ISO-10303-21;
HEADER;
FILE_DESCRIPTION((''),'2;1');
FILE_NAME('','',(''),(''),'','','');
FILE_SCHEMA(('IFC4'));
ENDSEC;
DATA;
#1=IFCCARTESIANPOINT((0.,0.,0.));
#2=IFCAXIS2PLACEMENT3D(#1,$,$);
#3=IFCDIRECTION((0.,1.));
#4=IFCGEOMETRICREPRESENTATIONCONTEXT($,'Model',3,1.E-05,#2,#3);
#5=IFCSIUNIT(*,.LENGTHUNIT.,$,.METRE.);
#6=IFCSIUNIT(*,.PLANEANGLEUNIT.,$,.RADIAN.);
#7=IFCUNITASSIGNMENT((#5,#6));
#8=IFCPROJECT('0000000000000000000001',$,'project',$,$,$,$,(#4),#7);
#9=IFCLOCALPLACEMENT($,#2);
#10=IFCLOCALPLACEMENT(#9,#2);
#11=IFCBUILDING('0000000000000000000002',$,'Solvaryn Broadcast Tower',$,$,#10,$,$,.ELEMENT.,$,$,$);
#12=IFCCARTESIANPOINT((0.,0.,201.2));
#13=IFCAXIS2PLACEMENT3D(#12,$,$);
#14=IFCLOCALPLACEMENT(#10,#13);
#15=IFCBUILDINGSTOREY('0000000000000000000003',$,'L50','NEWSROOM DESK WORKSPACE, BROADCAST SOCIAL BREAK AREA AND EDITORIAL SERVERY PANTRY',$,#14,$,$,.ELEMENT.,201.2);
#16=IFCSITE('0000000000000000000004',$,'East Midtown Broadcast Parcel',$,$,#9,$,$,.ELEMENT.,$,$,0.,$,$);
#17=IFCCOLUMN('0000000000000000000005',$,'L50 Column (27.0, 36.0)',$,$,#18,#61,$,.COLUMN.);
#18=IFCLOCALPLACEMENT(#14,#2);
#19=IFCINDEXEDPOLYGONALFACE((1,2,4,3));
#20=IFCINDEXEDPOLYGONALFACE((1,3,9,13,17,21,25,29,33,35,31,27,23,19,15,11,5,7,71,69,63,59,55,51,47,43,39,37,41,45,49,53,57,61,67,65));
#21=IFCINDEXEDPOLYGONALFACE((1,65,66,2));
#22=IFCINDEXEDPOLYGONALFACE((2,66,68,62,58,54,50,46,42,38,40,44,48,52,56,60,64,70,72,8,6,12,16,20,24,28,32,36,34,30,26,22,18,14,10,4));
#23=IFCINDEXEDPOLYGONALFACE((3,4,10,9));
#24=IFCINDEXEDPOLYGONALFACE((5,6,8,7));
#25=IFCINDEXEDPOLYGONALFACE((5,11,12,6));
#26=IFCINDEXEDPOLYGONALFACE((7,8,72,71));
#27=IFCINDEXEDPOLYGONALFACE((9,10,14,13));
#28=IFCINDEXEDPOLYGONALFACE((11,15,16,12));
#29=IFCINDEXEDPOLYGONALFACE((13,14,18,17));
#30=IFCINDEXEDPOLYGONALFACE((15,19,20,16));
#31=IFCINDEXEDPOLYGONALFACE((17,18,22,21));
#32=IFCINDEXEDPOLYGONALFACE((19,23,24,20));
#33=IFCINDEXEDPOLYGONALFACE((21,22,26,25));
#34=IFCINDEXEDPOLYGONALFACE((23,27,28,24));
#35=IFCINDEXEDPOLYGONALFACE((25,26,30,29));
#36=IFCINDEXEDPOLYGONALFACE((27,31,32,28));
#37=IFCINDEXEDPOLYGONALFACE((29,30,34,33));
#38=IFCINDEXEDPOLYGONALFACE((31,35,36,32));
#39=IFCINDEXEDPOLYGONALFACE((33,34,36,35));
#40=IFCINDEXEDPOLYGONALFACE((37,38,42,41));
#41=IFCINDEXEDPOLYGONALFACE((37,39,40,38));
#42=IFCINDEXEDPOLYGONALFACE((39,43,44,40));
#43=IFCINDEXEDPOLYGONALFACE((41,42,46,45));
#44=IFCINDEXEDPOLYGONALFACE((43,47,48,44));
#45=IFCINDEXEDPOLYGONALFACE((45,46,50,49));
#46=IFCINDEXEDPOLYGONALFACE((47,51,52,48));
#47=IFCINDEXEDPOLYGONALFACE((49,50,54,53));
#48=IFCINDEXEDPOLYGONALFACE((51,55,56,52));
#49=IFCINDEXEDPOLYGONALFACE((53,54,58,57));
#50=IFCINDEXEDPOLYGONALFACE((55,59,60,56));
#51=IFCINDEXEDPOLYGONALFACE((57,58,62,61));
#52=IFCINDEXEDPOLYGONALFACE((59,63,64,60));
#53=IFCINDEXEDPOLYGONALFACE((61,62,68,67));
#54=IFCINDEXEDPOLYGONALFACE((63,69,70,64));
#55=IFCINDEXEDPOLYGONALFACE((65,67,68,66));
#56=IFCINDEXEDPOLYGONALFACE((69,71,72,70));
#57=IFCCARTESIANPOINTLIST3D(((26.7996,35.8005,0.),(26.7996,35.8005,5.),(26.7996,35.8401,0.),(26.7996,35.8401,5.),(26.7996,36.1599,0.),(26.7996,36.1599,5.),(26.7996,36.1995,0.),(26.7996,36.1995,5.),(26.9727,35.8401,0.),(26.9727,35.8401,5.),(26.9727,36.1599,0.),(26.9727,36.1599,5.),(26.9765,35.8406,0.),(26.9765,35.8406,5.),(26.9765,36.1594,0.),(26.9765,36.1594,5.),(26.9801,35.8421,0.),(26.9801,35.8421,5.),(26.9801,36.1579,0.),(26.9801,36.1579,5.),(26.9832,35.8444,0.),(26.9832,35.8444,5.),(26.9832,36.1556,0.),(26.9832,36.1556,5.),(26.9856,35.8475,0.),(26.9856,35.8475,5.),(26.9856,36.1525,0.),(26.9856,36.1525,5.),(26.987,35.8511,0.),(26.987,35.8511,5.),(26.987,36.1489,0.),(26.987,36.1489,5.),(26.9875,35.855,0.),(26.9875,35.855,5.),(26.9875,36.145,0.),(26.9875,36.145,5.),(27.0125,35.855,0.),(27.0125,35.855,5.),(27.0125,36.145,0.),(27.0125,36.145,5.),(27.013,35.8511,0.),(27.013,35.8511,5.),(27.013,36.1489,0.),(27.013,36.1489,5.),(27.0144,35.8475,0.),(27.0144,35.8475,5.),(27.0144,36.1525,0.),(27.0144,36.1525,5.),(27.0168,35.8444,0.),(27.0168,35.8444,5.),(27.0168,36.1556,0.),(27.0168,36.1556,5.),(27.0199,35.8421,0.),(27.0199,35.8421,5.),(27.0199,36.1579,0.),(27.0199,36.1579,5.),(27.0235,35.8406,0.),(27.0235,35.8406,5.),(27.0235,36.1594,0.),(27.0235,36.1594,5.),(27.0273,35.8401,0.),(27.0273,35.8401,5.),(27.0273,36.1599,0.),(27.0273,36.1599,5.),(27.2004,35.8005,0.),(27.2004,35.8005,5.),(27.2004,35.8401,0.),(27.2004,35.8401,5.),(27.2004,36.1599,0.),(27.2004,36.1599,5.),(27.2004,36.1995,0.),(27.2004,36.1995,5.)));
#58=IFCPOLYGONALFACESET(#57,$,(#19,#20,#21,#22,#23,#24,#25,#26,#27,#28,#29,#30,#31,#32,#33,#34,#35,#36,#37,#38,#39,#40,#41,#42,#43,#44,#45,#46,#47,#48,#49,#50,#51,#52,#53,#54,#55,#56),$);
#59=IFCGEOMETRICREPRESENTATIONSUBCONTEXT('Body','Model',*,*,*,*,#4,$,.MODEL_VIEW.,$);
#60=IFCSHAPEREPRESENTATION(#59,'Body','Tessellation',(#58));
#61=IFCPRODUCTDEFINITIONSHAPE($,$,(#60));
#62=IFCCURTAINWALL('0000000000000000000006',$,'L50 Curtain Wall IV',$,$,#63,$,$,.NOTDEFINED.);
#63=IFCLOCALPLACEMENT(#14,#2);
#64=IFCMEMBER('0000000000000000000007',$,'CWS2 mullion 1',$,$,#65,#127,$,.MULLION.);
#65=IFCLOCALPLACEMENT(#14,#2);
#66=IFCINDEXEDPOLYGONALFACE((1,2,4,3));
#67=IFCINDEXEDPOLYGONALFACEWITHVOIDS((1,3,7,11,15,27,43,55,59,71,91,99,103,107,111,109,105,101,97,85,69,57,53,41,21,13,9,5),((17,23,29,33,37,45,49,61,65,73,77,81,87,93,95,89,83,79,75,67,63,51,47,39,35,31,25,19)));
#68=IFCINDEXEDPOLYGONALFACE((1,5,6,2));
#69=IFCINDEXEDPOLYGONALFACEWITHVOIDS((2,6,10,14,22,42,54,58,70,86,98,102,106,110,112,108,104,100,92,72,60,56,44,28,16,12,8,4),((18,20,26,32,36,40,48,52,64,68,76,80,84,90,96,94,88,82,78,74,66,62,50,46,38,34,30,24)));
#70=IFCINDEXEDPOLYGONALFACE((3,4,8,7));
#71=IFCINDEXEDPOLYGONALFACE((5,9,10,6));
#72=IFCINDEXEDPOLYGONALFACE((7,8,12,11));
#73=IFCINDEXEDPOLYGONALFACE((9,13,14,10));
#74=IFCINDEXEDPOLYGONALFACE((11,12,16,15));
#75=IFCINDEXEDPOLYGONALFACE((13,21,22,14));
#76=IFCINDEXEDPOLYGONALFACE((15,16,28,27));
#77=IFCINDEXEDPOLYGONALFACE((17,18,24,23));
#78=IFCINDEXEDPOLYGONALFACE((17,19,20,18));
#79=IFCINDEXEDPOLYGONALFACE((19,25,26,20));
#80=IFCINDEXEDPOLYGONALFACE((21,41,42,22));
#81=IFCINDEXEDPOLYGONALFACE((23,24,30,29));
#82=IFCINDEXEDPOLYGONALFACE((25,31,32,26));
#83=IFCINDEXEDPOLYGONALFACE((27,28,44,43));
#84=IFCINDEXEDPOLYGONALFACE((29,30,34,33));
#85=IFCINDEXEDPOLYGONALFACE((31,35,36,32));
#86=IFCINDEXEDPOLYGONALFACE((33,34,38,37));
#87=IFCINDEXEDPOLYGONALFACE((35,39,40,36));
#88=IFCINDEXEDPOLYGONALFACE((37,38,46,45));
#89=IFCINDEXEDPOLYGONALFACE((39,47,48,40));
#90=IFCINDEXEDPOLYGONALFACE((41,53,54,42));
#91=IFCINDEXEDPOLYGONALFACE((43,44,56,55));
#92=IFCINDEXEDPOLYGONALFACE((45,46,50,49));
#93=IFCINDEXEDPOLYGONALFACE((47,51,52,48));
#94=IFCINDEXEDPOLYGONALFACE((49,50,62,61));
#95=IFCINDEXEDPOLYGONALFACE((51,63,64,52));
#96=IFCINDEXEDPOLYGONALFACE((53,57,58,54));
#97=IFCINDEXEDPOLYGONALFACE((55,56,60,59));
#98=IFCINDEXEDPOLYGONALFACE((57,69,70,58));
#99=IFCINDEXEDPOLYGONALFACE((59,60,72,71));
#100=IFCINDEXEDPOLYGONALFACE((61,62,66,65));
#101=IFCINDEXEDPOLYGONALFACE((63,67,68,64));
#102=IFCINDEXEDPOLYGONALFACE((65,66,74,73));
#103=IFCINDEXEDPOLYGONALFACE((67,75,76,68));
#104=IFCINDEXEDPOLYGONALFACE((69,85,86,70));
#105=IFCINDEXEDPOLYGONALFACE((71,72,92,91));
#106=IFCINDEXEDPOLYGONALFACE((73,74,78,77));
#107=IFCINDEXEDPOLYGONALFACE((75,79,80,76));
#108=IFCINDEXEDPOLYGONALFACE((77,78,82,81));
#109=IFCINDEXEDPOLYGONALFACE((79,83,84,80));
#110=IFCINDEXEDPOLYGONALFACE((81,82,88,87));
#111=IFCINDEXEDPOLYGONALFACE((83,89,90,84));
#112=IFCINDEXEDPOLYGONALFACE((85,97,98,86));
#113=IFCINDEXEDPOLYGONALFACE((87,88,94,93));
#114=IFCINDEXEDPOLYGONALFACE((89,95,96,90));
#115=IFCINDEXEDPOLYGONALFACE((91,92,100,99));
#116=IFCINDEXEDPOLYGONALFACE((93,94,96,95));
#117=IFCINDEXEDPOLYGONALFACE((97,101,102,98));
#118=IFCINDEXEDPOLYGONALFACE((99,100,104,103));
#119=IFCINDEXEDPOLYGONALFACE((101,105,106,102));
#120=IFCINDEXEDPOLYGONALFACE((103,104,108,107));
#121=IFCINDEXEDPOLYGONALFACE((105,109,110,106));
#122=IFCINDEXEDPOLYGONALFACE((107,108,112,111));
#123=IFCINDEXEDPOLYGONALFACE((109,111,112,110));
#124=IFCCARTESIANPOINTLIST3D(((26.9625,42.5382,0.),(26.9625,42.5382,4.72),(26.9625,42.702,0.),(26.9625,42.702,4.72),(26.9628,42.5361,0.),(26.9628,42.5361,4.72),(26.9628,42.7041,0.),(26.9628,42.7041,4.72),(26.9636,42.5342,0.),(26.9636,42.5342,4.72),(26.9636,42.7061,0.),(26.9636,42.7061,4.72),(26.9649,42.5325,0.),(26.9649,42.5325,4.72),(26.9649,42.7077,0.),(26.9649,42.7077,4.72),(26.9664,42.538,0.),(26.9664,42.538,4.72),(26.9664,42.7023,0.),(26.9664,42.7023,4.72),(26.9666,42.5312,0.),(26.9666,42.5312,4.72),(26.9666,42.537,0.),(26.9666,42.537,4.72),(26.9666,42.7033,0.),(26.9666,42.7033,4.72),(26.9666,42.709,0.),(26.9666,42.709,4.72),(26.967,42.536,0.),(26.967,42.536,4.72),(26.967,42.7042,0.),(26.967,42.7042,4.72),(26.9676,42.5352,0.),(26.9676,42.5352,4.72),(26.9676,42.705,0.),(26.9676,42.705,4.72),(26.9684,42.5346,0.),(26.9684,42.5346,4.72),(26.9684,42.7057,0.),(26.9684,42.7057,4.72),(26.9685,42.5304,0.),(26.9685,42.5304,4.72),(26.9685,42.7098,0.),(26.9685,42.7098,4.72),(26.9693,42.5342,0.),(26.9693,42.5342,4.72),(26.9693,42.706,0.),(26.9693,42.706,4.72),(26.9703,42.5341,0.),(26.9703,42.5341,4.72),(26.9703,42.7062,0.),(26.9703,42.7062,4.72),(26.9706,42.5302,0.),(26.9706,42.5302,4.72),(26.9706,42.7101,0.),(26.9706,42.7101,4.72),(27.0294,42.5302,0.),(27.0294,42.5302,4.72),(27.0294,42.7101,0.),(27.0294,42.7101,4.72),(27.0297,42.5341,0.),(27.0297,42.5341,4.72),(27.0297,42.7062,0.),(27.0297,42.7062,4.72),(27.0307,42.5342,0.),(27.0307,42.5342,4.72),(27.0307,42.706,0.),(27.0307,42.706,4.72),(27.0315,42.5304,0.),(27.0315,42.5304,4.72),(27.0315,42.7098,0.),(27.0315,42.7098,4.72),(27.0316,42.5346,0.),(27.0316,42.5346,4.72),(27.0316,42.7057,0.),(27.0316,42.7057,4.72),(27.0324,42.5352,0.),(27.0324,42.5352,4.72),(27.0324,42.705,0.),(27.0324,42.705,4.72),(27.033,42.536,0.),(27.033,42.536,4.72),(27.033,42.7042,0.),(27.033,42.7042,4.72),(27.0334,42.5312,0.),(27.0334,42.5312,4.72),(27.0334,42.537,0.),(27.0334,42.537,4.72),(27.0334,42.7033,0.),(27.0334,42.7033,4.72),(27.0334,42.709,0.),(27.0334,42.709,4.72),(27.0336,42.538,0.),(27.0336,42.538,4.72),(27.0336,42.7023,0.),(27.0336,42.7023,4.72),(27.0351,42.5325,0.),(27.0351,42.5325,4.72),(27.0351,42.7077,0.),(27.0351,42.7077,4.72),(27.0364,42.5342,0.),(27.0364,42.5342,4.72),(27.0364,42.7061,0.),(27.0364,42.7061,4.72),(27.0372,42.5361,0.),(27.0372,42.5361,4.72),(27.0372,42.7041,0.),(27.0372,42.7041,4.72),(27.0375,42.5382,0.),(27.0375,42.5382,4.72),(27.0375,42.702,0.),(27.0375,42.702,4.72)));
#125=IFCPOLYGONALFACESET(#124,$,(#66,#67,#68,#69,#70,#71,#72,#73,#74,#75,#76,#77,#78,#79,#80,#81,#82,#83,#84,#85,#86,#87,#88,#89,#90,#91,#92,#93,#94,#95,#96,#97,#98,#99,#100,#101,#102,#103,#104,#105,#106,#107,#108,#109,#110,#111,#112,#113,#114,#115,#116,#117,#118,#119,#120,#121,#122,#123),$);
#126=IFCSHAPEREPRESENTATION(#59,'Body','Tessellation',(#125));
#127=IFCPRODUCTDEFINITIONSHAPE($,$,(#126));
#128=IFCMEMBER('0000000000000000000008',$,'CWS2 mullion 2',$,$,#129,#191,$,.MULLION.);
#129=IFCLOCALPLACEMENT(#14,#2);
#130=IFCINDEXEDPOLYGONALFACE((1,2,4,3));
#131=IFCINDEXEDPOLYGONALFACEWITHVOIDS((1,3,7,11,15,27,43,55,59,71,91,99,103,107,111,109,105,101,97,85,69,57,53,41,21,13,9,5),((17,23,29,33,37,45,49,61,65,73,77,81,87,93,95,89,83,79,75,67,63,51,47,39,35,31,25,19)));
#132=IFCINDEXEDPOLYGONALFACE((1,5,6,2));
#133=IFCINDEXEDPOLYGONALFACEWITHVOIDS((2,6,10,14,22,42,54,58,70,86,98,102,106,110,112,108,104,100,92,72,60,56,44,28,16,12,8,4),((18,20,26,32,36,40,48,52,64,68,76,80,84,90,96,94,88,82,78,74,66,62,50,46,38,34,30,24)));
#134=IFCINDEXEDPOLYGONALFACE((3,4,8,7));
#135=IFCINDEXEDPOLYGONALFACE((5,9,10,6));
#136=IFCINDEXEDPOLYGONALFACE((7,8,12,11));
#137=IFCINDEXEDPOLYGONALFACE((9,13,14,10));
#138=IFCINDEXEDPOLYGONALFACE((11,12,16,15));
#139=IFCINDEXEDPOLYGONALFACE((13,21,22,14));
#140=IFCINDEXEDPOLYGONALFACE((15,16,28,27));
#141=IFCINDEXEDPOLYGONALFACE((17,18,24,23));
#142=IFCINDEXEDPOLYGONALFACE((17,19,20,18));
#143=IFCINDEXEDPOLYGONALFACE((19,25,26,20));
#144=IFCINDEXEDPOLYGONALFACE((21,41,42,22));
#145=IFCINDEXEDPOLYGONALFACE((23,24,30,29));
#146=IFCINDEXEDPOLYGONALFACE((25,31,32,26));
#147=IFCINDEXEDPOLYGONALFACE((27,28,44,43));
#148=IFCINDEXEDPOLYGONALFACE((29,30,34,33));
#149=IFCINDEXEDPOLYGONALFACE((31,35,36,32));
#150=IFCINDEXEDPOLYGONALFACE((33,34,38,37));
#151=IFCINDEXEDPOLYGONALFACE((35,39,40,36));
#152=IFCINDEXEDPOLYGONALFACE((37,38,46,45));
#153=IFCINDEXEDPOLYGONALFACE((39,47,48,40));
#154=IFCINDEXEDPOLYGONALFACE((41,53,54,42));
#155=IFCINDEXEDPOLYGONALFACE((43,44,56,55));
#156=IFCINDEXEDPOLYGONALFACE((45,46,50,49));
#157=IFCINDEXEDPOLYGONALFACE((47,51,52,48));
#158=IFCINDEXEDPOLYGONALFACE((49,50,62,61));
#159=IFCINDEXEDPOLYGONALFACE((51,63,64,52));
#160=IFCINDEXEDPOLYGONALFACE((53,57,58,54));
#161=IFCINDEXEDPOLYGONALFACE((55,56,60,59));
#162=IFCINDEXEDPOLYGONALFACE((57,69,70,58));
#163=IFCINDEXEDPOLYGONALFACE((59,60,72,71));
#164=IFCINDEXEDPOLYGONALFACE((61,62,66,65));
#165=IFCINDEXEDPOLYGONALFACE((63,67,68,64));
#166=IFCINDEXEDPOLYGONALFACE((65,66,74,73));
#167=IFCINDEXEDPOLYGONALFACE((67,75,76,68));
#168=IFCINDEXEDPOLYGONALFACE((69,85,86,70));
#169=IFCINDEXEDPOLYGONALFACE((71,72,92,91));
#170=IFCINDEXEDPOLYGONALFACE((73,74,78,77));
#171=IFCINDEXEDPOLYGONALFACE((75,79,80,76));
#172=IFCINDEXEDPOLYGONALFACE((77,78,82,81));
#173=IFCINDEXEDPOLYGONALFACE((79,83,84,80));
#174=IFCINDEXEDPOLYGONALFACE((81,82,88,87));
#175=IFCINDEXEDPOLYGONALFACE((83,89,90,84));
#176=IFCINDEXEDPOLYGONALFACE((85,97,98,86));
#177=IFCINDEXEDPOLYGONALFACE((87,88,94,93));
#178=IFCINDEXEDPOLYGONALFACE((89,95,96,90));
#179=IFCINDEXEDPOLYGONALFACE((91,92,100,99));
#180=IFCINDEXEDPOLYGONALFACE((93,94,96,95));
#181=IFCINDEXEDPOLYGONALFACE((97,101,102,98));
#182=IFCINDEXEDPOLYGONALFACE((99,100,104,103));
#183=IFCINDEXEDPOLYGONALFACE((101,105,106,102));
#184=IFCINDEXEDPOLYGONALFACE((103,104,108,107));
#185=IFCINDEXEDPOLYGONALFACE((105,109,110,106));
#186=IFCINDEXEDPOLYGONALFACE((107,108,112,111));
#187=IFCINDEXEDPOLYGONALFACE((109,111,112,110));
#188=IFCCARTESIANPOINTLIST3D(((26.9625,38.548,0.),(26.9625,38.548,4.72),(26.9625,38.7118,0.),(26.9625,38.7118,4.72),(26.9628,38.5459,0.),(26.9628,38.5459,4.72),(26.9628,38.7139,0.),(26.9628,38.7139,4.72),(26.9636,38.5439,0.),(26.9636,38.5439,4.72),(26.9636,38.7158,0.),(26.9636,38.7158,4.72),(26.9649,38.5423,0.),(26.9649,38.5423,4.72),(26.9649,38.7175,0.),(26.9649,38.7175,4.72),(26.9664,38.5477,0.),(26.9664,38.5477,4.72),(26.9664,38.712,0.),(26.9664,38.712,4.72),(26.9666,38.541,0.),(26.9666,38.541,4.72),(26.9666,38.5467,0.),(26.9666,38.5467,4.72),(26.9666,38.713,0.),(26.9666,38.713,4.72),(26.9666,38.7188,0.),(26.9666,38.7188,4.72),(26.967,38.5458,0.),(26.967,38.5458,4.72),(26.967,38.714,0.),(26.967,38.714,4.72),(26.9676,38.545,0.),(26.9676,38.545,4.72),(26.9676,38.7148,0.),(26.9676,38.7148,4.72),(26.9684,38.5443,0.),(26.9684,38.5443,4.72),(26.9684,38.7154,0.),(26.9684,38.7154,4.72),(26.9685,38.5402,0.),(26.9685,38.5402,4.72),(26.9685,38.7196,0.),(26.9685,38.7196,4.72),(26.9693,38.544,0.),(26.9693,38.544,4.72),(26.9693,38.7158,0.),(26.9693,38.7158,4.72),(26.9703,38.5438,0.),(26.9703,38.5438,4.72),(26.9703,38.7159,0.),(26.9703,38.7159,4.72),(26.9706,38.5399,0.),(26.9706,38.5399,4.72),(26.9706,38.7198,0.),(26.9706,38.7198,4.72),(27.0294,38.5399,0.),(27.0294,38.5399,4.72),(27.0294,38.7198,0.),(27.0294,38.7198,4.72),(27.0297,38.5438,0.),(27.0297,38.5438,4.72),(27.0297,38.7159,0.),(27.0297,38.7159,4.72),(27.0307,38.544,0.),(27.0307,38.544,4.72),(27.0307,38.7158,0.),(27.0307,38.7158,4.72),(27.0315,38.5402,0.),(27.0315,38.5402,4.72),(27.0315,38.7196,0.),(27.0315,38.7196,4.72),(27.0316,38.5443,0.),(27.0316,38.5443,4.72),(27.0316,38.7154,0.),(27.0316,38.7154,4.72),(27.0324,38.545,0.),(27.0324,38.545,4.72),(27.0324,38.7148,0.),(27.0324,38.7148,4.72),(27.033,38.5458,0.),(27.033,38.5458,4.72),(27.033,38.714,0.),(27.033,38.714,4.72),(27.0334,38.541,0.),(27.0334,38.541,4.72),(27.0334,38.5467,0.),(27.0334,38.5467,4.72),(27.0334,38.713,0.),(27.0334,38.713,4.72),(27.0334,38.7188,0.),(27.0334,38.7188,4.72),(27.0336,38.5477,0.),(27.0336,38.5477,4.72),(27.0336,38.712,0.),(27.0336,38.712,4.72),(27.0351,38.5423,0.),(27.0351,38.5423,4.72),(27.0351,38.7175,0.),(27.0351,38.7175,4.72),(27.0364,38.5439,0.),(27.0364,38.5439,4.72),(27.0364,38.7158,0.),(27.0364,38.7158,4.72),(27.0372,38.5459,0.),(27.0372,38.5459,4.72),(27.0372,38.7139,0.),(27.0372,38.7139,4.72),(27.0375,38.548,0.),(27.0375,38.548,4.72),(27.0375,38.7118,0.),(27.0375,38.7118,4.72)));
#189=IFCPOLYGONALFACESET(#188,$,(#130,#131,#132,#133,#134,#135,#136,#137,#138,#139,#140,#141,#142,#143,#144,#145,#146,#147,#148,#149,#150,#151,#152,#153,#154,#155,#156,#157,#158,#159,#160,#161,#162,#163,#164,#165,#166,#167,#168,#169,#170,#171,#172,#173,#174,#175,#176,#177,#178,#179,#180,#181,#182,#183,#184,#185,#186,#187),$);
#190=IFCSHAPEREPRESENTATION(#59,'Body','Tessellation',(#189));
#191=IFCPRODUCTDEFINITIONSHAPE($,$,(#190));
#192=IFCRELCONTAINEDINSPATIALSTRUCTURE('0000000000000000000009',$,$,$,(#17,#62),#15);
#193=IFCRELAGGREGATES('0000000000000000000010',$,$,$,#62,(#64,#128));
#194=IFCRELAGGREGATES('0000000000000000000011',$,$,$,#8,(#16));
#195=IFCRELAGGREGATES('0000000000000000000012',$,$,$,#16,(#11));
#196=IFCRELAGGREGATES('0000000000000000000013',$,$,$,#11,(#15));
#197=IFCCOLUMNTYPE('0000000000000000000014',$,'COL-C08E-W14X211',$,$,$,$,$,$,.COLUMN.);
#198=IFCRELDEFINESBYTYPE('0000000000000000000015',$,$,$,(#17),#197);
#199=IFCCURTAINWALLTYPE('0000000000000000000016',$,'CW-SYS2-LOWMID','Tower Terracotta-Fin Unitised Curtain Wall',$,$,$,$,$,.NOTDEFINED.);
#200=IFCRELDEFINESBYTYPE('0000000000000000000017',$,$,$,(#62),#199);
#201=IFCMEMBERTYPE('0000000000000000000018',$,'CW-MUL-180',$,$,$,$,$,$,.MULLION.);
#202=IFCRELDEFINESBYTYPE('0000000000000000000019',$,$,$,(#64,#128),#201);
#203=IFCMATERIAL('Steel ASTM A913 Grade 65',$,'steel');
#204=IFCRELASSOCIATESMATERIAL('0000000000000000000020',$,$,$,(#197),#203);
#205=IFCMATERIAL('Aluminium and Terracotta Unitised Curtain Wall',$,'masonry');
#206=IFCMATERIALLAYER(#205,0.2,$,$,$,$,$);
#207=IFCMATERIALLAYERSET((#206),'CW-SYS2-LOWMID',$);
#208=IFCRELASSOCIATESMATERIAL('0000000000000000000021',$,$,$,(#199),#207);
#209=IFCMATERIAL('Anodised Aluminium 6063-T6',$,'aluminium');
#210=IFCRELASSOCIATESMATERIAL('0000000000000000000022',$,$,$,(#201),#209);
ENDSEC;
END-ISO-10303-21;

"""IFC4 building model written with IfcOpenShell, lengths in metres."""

from ifc_helpers import new_model, si_unit, direction, frame, origin, origin_2d, place, context, subcontext, project, spatial, hollow_rectangle, i_section, extrude, material, layer, layer_set, material_profile, profile_set, type_object, element, aggregate, save


model = new_model("IFC4")

# Units and contexts
model_context = context("Model", 3, precision=1e-05, world=origin(), true_north=direction((0.0, 1.0)))
body_context = subcontext(model_context, "Body", "Model", "MODEL_VIEW")
ifc_project = project(units=[si_unit("LENGTHUNIT", "METRE"), si_unit("PLANEANGLEUNIT", "RADIAN")], contexts=[model_context])

# Site, building, storey
site_placement = place(None, origin())
site = spatial("IfcSite", under=ifc_project, at=site_placement, Name="East Midtown Broadcast Parcel", CompositionType="ELEMENT", RefElevation=0.0)
building_placement = place(site_placement, origin())
building = spatial("IfcBuilding", under=site, at=building_placement, Name="Solvaryn Broadcast Tower", CompositionType="ELEMENT")
storey_placement = place(building_placement, frame((0.0, 0.0, 201.2)))
storey = spatial("IfcBuildingStorey", under=building, at=storey_placement, Name="L50", Description="NEWSROOM DESK WORKSPACE, BROADCAST SOCIAL BREAK AREA AND EDITORIAL SERVERY PANTRY", CompositionType="ELEMENT", Elevation=201.2)

# Column
ifc_material_1 = material(Name="Steel ASTM A913 Grade 65", Category="steel")
ifc_material_profile_1 = material_profile(ifc_material_1, i_section(OverallWidth=0.4009, OverallDepth=0.3989, WebThickness=0.0249, FlangeThickness=0.0396, FilletRadius=0.0149, at=origin_2d()))
ifc_profile_set_1 = profile_set([ifc_material_profile_1], Name="Steel ASTM A913 Grade 65")
column_type = type_object("IfcColumnType", Name="COL-C08E-W14X211", PredefinedType="COLUMN", material=ifc_profile_set_1)
column_placement = place(storey_placement, frame((27.0, 36.0, 0.0), z_axis=(0.0, 0.0, 1.0), x_axis=(1.0, 0.0, 0.0)))
element("IfcColumn", 1, at=column_placement, inside=storey, type_object=column_type, Name="L50 Column (27.0, 36.0)", PredefinedType="COLUMN", context=body_context, shape_type="SweptSolid", body=[
    extrude(i_section(OverallWidth=0.4009, OverallDepth=0.3989, WebThickness=0.0249, FlangeThickness=0.0396, FilletRadius=0.0149, at=origin_2d()), origin(), (0.0, 0.0, 1.0), 5.0),
])

# Curtain wall, members
ifc_material_2 = material(Name="Aluminium and Terracotta Unitised Curtain Wall", Category="masonry")
ifc_layer_1 = layer(ifc_material_2, 0.2)
ifc_layer_set_1 = layer_set([ifc_layer_1], Name="CW-SYS2-LOWMID")
curtain_wall_type = type_object("IfcCurtainWallType", Name="CW-SYS2-LOWMID", Description="Tower Terracotta-Fin Unitised Curtain Wall", PredefinedType="NOTDEFINED", material=ifc_layer_set_1)
curtain_wall_1_placement = place(storey_placement, origin())
curtain_wall_1 = element("IfcCurtainWall", 2, at=curtain_wall_1_placement, inside=storey, type_object=curtain_wall_type, Name="L50 Curtain Wall IV", PredefinedType="NOTDEFINED")
ifc_material_3 = material(Name="Anodised Aluminium 6063-T6", Category="aluminium")
ifc_material_profile_2 = material_profile(ifc_material_3, hollow_rectangle(XDim=0.075, YDim=0.1799, WallThickness=0.0039, InnerFilletRadius=0.0039, OuterFilletRadius=0.0081, at=origin_2d()))
ifc_profile_set_2 = profile_set([ifc_material_profile_2], Name="Anodised Aluminium 6063-T6")
member_type_1 = type_object("IfcMemberType", Name="CW-MUL-180", PredefinedType="MULLION", material=ifc_profile_set_2)
member_1_placement = place(storey_placement, frame((27.0, 42.6201, 0.0), z_axis=(0.0, 0.0, 1.0), x_axis=(1.0, 0.0, 0.0)))
member_1 = element("IfcMember", 3, at=member_1_placement, type_object=member_type_1, Name="CWS2 mullion 1", PredefinedType="MULLION", context=body_context, shape_type="SweptSolid", body=[
    extrude(hollow_rectangle(XDim=0.075, YDim=0.1799, WallThickness=0.0039, InnerFilletRadius=0.0039, OuterFilletRadius=0.0081, at=origin_2d()), origin(), (0.0, 0.0, 1.0), 4.72),
])
member_2_placement = place(storey_placement, frame((27.0, 38.6299, 0.0), z_axis=(0.0, 0.0, 1.0), x_axis=(1.0, 0.0, 0.0)))
member_2 = element("IfcMember", 4, at=member_2_placement, type_object=member_type_1, Name="CWS2 mullion 2", PredefinedType="MULLION", context=body_context, shape_type="SweptSolid", body=[
    extrude(hollow_rectangle(XDim=0.075, YDim=0.1799, WallThickness=0.0039, InnerFilletRadius=0.0039, OuterFilletRadius=0.0081, at=origin_2d()), origin(), (0.0, 0.0, 1.0), 4.72),
])

aggregate(curtain_wall_1, [member_1, member_2])

save(model, "model.ifc")
